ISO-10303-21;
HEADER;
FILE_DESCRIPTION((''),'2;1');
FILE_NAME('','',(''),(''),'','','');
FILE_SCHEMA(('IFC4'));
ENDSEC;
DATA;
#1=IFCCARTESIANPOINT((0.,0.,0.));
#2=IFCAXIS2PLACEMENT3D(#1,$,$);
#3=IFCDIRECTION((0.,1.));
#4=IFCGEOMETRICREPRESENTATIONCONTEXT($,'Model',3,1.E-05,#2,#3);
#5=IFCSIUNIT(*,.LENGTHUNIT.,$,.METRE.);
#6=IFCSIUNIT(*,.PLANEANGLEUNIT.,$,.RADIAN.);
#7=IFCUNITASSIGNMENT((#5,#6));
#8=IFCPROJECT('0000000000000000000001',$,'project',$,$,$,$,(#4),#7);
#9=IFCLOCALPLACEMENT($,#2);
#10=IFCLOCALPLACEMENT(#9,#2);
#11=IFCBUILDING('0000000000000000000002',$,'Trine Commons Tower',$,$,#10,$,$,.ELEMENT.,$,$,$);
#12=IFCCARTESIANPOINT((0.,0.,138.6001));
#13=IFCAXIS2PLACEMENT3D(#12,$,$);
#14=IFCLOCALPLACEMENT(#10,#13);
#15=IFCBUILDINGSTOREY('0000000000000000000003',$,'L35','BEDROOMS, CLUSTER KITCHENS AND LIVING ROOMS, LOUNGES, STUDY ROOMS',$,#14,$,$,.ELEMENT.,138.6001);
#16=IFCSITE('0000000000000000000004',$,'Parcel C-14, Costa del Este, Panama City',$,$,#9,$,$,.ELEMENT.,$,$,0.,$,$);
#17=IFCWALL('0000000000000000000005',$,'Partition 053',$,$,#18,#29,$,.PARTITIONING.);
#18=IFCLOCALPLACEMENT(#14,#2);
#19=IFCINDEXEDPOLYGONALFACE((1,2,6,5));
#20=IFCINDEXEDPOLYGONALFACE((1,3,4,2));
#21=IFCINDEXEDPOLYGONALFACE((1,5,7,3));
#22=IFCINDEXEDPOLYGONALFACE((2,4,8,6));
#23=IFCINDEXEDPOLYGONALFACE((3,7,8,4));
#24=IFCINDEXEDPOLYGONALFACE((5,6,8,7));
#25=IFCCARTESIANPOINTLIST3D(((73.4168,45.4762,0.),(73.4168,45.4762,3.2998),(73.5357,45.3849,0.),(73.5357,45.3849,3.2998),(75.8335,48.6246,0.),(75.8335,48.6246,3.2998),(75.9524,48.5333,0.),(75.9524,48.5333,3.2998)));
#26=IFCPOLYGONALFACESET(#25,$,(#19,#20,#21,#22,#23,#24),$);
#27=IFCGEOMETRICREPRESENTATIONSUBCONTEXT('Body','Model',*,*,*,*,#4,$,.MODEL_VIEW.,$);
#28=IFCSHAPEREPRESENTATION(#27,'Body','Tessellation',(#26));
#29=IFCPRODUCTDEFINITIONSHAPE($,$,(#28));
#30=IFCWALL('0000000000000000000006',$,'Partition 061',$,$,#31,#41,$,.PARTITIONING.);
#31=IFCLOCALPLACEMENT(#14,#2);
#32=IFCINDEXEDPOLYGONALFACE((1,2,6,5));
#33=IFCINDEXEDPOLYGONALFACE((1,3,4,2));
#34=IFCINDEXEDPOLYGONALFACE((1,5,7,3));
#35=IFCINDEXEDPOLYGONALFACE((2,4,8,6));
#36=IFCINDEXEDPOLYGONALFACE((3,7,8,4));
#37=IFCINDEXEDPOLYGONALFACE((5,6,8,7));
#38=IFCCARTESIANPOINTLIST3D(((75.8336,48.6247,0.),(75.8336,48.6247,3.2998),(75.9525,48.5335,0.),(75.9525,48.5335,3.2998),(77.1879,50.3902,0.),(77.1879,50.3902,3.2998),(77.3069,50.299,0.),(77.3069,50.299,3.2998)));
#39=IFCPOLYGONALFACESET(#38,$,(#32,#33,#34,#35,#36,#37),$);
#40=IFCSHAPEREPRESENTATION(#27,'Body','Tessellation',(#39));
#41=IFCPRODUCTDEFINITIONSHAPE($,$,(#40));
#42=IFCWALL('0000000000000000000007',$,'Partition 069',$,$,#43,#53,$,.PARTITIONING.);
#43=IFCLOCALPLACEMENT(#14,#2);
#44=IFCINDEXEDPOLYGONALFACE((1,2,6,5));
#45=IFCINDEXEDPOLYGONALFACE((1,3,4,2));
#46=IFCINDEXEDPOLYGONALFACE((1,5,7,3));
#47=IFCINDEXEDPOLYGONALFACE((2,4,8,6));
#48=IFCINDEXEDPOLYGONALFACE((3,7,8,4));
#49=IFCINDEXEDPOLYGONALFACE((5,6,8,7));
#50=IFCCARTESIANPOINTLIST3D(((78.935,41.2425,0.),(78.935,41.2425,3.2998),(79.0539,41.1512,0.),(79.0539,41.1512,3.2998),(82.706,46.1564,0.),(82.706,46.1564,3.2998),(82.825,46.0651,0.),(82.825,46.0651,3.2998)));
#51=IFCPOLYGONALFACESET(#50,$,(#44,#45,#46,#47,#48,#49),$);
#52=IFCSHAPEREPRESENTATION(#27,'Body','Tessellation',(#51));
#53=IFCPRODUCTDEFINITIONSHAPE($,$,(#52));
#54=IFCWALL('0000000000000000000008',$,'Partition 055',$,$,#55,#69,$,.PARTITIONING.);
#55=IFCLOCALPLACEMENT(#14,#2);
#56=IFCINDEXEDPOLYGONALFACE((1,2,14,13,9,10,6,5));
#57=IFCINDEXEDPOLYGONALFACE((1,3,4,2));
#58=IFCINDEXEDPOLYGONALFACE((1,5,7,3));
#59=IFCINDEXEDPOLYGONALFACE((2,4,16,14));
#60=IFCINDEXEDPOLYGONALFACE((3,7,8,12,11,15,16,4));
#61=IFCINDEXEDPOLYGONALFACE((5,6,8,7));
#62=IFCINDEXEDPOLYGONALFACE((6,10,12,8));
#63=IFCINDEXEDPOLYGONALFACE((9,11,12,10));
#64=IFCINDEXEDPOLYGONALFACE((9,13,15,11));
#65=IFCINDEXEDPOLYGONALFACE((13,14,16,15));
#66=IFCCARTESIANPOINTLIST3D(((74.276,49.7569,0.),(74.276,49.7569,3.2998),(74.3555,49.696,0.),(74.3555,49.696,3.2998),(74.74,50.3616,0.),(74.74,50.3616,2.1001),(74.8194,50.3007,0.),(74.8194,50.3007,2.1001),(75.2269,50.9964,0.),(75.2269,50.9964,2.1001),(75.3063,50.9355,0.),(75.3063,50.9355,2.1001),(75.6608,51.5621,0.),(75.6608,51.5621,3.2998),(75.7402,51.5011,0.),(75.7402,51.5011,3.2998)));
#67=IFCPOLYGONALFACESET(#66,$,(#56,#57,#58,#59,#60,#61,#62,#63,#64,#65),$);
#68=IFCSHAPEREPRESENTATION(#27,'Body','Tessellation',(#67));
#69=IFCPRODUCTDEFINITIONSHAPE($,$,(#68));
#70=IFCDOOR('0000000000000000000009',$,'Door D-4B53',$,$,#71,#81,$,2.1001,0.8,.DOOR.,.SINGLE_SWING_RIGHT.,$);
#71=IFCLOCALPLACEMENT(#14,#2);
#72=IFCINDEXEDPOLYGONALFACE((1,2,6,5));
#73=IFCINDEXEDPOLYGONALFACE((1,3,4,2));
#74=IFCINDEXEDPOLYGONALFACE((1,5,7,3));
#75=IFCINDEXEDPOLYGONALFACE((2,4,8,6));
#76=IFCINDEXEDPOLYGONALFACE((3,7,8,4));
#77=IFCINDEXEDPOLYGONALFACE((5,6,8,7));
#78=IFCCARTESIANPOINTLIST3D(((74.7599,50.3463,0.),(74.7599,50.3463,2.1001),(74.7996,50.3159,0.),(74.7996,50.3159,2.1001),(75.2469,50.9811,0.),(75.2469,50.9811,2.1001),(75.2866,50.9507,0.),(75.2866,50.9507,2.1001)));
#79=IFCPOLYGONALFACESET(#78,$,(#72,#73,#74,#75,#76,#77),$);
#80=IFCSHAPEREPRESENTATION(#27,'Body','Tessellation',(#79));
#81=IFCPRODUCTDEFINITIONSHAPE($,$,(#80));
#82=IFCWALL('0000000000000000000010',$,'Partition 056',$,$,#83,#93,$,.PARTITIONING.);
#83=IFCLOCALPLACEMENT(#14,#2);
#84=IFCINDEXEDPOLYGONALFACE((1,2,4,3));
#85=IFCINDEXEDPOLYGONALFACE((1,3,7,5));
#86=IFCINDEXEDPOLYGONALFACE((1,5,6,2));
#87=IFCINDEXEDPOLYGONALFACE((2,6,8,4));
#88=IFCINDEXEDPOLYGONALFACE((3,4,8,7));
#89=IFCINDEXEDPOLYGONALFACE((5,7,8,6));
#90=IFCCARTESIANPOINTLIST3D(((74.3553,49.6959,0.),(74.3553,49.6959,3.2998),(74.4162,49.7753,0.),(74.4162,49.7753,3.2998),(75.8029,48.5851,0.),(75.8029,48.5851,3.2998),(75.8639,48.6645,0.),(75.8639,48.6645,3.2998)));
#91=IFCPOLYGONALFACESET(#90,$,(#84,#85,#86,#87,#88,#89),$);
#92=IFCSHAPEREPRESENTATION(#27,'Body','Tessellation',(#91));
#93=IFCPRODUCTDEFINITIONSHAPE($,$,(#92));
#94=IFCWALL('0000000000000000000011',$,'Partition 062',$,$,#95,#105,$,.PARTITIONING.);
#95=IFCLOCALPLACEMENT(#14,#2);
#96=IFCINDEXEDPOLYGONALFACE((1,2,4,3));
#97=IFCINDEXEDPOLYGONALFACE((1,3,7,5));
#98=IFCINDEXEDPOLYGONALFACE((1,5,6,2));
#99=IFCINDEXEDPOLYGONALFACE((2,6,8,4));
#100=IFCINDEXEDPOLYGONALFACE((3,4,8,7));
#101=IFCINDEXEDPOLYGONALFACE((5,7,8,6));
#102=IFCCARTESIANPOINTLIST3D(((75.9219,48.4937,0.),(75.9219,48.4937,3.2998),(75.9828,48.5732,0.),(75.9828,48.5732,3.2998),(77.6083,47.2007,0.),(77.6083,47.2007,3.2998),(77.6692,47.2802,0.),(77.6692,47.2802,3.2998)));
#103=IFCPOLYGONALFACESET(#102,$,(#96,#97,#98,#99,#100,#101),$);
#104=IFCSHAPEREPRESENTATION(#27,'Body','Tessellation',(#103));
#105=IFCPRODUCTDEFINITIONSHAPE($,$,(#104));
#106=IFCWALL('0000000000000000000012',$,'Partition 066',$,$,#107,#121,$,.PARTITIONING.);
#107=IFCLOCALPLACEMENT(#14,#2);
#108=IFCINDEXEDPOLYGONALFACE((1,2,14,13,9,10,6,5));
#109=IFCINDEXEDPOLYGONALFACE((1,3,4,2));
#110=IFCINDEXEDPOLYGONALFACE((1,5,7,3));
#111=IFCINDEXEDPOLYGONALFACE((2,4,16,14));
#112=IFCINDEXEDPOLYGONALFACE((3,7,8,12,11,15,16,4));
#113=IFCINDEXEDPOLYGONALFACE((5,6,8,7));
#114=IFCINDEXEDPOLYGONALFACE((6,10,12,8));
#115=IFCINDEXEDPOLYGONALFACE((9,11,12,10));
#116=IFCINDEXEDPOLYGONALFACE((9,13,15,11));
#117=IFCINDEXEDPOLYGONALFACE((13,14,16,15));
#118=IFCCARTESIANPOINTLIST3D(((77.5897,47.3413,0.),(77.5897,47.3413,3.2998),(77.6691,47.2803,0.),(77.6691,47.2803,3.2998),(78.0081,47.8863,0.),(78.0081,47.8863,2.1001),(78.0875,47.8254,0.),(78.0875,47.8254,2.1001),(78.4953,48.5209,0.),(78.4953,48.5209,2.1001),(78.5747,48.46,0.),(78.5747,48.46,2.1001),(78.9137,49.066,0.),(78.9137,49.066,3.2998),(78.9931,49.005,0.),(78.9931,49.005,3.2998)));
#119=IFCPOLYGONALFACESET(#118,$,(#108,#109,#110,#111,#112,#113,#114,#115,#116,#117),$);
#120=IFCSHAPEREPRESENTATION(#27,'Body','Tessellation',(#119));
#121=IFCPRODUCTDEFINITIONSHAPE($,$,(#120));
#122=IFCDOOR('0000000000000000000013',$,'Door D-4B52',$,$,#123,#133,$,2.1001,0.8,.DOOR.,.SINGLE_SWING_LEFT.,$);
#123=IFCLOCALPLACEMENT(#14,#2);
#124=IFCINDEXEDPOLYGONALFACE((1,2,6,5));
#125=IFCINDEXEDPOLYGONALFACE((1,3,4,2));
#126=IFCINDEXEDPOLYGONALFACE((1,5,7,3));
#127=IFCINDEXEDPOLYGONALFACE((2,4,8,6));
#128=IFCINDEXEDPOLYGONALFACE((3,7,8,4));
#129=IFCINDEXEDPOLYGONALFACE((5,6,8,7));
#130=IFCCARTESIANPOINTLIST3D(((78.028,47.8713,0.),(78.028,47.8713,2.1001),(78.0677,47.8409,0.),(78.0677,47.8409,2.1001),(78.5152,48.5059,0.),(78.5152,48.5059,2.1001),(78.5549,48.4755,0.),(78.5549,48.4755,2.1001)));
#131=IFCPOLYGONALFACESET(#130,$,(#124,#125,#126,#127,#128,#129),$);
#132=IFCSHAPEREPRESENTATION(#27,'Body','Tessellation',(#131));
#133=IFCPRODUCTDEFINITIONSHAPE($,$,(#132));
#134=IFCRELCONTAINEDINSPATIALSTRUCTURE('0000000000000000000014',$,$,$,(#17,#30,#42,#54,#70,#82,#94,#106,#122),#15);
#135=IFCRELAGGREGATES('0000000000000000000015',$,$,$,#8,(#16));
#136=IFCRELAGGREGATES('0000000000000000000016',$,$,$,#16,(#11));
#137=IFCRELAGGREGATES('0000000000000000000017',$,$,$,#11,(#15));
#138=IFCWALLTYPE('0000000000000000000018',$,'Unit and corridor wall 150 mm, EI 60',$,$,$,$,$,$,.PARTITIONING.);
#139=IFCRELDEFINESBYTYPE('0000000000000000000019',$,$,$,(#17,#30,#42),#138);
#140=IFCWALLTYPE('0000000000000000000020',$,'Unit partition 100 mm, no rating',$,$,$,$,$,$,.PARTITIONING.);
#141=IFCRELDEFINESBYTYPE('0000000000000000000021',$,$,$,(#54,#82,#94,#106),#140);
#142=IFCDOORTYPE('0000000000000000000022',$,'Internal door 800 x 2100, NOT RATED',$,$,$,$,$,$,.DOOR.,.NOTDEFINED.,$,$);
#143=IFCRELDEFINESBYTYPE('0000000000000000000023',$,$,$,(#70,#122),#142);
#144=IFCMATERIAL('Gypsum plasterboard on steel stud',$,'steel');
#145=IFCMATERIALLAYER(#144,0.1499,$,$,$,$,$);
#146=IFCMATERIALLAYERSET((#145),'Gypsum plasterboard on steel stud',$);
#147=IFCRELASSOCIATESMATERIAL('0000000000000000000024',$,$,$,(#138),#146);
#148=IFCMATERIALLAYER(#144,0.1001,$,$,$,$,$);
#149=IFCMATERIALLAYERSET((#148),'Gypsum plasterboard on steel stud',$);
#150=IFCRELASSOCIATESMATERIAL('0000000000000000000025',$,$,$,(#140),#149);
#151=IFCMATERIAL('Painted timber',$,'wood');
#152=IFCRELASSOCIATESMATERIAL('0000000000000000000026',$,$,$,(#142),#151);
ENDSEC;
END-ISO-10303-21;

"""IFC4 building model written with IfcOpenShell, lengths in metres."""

from ifc_helpers import new_model, si_unit, direction, frame, frame_2d, origin, place, context, subcontext, project, spatial, rectangle, extrude, material, layer, layer_set, type_object, element, fill, save


model = new_model("IFC4")

# Units and contexts
model_context = context("Model", 3, precision=1e-05, world=origin(), true_north=direction((0.0, 1.0)))
body_context = subcontext(model_context, "Body", "Model", "MODEL_VIEW")
ifc_project = project(units=[si_unit("LENGTHUNIT", "METRE"), si_unit("PLANEANGLEUNIT", "RADIAN")], contexts=[model_context])

# Site, building, storey
site_placement = place(None, origin())
site = spatial("IfcSite", under=ifc_project, at=site_placement, Name="Parcel C-14, Costa del Este, Panama City", CompositionType="ELEMENT", RefElevation=0.0)
building_placement = place(site_placement, origin())
building = spatial("IfcBuilding", under=site, at=building_placement, Name="Trine Commons Tower", CompositionType="ELEMENT")
storey_placement = place(building_placement, frame((0.0, 0.0, 138.6001)))
storey = spatial("IfcBuildingStorey", under=building, at=storey_placement, Name="L35", Description="BEDROOMS, CLUSTER KITCHENS AND LIVING ROOMS, LOUNGES, STUDY ROOMS", CompositionType="ELEMENT", Elevation=138.6001)

# Shared definitions
ifc_material_1 = material(Name="Gypsum plasterboard on steel stud", Category="steel")
ifc_layer_1 = layer(ifc_material_1, 0.1499)
ifc_layer_set_1 = layer_set([ifc_layer_1], Name="Gypsum plasterboard on steel stud")
wall_type_1 = type_object("IfcWallType", Name="Unit and corridor wall 150 mm, EI 60", PredefinedType="PARTITIONING", material=ifc_layer_set_1)

# Walls
wall_1_placement = place(storey_placement, frame((73.4763, 45.4307, 0.0), z_axis=(0.0, 0.0, 1.0), x_axis=(0.608899, 0.793248, 0.0)))
element("IfcWall", 1, at=wall_1_placement, inside=storey, type_object=wall_type_1, Name="Partition 053", PredefinedType="PARTITIONING", context=body_context, shape_type="SweptSolid", body=[
    extrude(rectangle(XDim=3.969, YDim=0.1499, at=frame_2d((1.9844, 0.0))), origin(), (0.0, 0.0, 1.0), 3.2998),
])
wall_2_placement = place(storey_placement, frame((75.8931, 48.5791, 0.0), z_axis=(0.0, 0.0, 1.0), x_axis=(0.608655, 0.793435, 0.0)))
element("IfcWall", 2, at=wall_2_placement, inside=storey, type_object=wall_type_1, Name="Partition 061", PredefinedType="PARTITIONING", context=body_context, shape_type="SweptSolid", body=[
    extrude(rectangle(XDim=2.2251, YDim=0.1499, at=frame_2d((1.1125, 0.0))), origin(), (0.0, 0.0, 1.0), 3.2998),
])
wall_3_placement = place(storey_placement, frame((78.9944, 41.1968, 0.0), z_axis=(0.0, 0.0, 1.0), x_axis=(0.608811, 0.793315, 0.0)))
element("IfcWall", 3, at=wall_3_placement, inside=storey, type_object=wall_type_1, Name="Partition 069", PredefinedType="PARTITIONING", context=body_context, shape_type="SweptSolid", body=[
    extrude(rectangle(XDim=6.1941, YDim=0.1499, at=frame_2d((3.0972, 0.0))), origin(), (0.0, 0.0, 1.0), 3.2998),
])

# Wall, opening, door
ifc_layer_2 = layer(ifc_material_1, 0.1001)
ifc_layer_set_2 = layer_set([ifc_layer_2], Name="Gypsum plasterboard on steel stud")
wall_type_2 = type_object("IfcWallType", Name="Unit partition 100 mm, no rating", PredefinedType="PARTITIONING", material=ifc_layer_set_2)
wall_4_placement = place(storey_placement, frame((74.3157, 49.7263, 0.0), z_axis=(0.0, 0.0, 1.0), x_axis=(0.608652, 0.793437, 0.0)))
wall_4 = element("IfcWall", 4, at=wall_4_placement, inside=storey, type_object=wall_type_2, Name="Partition 055", PredefinedType="PARTITIONING", context=body_context, shape_type="SweptSolid", body=[
    extrude(rectangle(XDim=2.2751, YDim=0.1001, at=frame_2d((1.1377, 0.0))), origin(), (0.0, 0.0, 1.0), 3.2998),
])
opening_1_placement = place(wall_4_placement, frame((0.7625, 0.0, 0.0)))
opening_1 = element("IfcOpeningElement", 5, at=opening_1_placement, cuts=wall_4, PredefinedType="OPENING", context=body_context, shape_type="SweptSolid", body=[
    extrude(rectangle(XDim=0.8, YDim=2.1001, at=frame_2d((0.3999, 1.05))), frame((0.0, 0.0601, 0.0), z_axis=(0.0, -1.0, 0.0), x_axis=(1.0, 0.0, 0.0)), (0.0, 0.0, 1.0), 0.1201),
])
ifc_material_2 = material(Name="Painted timber", Category="wood")
door_type_1 = type_object("IfcDoorType", Name="Internal door 800 x 2100, NOT RATED", OperationType="NOTDEFINED", PredefinedType="DOOR", material=ifc_material_2)
door_1_placement = place(opening_1_placement, origin())
door_1 = element("IfcDoor", 6, at=door_1_placement, inside=storey, type_object=door_type_1, Name="Door D-4B53", OperationType="SINGLE_SWING_RIGHT", OverallHeight=2.1001, OverallWidth=0.8, PredefinedType="DOOR", context=body_context, shape_type="SweptSolid", body=[
    extrude(rectangle(XDim=0.8, YDim=2.1001, at=frame_2d((0.3999, 1.05))), frame((0.0, 0.0249, 0.0), z_axis=(0.0, -1.0, 0.0), x_axis=(1.0, 0.0, 0.0)), (0.0, 0.0, 1.0), 0.05),
])
fill(opening_1, door_1)

# Walls
wall_5_placement = place(storey_placement, frame((74.3857, 49.7356, 0.0), z_axis=(0.0, 0.0, 1.0), x_axis=(0.793369, -0.60874, 0.0)))
element("IfcWall", 7, at=wall_5_placement, inside=storey, type_object=wall_type_2, Name="Partition 056", PredefinedType="PARTITIONING", context=body_context, shape_type="SweptSolid", body=[
    extrude(rectangle(XDim=1.8247, YDim=0.1001, at=frame_2d((0.9124, 0.0))), origin(), (0.0, 0.0, 1.0), 3.2998),
])
wall_6_placement = place(storey_placement, frame((75.9524, 48.5334, 0.0), z_axis=(0.0, 0.0, 1.0), x_axis=(0.793571, -0.608477, 0.0)))
element("IfcWall", 8, at=wall_6_placement, inside=storey, type_object=wall_type_2, Name="Partition 062", PredefinedType="PARTITIONING", context=body_context, shape_type="SweptSolid", body=[
    extrude(rectangle(XDim=2.125, YDim=0.1001, at=frame_2d((1.0625, 0.0))), origin(), (0.0, 0.0, 1.0), 3.2998),
])

# Wall, opening, door
wall_7_placement = place(storey_placement, frame((77.6294, 47.3108, 0.0), z_axis=(0.0, 0.0, 1.0), x_axis=(0.608945, 0.793212, 0.0)))
wall_7 = element("IfcWall", 9, at=wall_7_placement, inside=storey, type_object=wall_type_2, Name="Partition 066", PredefinedType="PARTITIONING", context=body_context, shape_type="SweptSolid", body=[
    extrude(rectangle(XDim=2.1743, YDim=0.1001, at=frame_2d((1.0872, 0.0))), origin(), (0.0, 0.0, 1.0), 3.2998),
])
opening_2_placement = place(wall_7_placement, frame((0.6873, 0.0, 0.0)))
opening_2 = element("IfcOpeningElement", 10, at=opening_2_placement, cuts=wall_7, PredefinedType="OPENING", context=body_context, shape_type="SweptSolid", body=[
    extrude(rectangle(XDim=0.8, YDim=2.1001, at=frame_2d((0.3999, 1.05))), frame((0.0, 0.0601, 0.0), z_axis=(0.0, -1.0, 0.0), x_axis=(1.0, 0.0, 0.0)), (0.0, 0.0, 1.0), 0.1201),
])
door_2_placement = place(opening_2_placement, frame((0.8, 0.0, 0.0), z_axis=(0.0, 0.0, 1.0), x_axis=(-1.0, 0.0, 0.0)))
door_2 = element("IfcDoor", 11, at=door_2_placement, inside=storey, type_object=door_type_1, Name="Door D-4B52", OperationType="SINGLE_SWING_LEFT", OverallHeight=2.1001, OverallWidth=0.8, PredefinedType="DOOR", context=body_context, shape_type="SweptSolid", body=[
    extrude(rectangle(XDim=0.8, YDim=2.1001, at=frame_2d((0.3999, 1.05))), frame((0.0, 0.0249, 0.0), z_axis=(0.0, -1.0, 0.0), x_axis=(1.0, 0.0, 0.0)), (0.0, 0.0, 1.0), 0.05),
])
fill(opening_2, door_2)

save(model, "model.ifc")
